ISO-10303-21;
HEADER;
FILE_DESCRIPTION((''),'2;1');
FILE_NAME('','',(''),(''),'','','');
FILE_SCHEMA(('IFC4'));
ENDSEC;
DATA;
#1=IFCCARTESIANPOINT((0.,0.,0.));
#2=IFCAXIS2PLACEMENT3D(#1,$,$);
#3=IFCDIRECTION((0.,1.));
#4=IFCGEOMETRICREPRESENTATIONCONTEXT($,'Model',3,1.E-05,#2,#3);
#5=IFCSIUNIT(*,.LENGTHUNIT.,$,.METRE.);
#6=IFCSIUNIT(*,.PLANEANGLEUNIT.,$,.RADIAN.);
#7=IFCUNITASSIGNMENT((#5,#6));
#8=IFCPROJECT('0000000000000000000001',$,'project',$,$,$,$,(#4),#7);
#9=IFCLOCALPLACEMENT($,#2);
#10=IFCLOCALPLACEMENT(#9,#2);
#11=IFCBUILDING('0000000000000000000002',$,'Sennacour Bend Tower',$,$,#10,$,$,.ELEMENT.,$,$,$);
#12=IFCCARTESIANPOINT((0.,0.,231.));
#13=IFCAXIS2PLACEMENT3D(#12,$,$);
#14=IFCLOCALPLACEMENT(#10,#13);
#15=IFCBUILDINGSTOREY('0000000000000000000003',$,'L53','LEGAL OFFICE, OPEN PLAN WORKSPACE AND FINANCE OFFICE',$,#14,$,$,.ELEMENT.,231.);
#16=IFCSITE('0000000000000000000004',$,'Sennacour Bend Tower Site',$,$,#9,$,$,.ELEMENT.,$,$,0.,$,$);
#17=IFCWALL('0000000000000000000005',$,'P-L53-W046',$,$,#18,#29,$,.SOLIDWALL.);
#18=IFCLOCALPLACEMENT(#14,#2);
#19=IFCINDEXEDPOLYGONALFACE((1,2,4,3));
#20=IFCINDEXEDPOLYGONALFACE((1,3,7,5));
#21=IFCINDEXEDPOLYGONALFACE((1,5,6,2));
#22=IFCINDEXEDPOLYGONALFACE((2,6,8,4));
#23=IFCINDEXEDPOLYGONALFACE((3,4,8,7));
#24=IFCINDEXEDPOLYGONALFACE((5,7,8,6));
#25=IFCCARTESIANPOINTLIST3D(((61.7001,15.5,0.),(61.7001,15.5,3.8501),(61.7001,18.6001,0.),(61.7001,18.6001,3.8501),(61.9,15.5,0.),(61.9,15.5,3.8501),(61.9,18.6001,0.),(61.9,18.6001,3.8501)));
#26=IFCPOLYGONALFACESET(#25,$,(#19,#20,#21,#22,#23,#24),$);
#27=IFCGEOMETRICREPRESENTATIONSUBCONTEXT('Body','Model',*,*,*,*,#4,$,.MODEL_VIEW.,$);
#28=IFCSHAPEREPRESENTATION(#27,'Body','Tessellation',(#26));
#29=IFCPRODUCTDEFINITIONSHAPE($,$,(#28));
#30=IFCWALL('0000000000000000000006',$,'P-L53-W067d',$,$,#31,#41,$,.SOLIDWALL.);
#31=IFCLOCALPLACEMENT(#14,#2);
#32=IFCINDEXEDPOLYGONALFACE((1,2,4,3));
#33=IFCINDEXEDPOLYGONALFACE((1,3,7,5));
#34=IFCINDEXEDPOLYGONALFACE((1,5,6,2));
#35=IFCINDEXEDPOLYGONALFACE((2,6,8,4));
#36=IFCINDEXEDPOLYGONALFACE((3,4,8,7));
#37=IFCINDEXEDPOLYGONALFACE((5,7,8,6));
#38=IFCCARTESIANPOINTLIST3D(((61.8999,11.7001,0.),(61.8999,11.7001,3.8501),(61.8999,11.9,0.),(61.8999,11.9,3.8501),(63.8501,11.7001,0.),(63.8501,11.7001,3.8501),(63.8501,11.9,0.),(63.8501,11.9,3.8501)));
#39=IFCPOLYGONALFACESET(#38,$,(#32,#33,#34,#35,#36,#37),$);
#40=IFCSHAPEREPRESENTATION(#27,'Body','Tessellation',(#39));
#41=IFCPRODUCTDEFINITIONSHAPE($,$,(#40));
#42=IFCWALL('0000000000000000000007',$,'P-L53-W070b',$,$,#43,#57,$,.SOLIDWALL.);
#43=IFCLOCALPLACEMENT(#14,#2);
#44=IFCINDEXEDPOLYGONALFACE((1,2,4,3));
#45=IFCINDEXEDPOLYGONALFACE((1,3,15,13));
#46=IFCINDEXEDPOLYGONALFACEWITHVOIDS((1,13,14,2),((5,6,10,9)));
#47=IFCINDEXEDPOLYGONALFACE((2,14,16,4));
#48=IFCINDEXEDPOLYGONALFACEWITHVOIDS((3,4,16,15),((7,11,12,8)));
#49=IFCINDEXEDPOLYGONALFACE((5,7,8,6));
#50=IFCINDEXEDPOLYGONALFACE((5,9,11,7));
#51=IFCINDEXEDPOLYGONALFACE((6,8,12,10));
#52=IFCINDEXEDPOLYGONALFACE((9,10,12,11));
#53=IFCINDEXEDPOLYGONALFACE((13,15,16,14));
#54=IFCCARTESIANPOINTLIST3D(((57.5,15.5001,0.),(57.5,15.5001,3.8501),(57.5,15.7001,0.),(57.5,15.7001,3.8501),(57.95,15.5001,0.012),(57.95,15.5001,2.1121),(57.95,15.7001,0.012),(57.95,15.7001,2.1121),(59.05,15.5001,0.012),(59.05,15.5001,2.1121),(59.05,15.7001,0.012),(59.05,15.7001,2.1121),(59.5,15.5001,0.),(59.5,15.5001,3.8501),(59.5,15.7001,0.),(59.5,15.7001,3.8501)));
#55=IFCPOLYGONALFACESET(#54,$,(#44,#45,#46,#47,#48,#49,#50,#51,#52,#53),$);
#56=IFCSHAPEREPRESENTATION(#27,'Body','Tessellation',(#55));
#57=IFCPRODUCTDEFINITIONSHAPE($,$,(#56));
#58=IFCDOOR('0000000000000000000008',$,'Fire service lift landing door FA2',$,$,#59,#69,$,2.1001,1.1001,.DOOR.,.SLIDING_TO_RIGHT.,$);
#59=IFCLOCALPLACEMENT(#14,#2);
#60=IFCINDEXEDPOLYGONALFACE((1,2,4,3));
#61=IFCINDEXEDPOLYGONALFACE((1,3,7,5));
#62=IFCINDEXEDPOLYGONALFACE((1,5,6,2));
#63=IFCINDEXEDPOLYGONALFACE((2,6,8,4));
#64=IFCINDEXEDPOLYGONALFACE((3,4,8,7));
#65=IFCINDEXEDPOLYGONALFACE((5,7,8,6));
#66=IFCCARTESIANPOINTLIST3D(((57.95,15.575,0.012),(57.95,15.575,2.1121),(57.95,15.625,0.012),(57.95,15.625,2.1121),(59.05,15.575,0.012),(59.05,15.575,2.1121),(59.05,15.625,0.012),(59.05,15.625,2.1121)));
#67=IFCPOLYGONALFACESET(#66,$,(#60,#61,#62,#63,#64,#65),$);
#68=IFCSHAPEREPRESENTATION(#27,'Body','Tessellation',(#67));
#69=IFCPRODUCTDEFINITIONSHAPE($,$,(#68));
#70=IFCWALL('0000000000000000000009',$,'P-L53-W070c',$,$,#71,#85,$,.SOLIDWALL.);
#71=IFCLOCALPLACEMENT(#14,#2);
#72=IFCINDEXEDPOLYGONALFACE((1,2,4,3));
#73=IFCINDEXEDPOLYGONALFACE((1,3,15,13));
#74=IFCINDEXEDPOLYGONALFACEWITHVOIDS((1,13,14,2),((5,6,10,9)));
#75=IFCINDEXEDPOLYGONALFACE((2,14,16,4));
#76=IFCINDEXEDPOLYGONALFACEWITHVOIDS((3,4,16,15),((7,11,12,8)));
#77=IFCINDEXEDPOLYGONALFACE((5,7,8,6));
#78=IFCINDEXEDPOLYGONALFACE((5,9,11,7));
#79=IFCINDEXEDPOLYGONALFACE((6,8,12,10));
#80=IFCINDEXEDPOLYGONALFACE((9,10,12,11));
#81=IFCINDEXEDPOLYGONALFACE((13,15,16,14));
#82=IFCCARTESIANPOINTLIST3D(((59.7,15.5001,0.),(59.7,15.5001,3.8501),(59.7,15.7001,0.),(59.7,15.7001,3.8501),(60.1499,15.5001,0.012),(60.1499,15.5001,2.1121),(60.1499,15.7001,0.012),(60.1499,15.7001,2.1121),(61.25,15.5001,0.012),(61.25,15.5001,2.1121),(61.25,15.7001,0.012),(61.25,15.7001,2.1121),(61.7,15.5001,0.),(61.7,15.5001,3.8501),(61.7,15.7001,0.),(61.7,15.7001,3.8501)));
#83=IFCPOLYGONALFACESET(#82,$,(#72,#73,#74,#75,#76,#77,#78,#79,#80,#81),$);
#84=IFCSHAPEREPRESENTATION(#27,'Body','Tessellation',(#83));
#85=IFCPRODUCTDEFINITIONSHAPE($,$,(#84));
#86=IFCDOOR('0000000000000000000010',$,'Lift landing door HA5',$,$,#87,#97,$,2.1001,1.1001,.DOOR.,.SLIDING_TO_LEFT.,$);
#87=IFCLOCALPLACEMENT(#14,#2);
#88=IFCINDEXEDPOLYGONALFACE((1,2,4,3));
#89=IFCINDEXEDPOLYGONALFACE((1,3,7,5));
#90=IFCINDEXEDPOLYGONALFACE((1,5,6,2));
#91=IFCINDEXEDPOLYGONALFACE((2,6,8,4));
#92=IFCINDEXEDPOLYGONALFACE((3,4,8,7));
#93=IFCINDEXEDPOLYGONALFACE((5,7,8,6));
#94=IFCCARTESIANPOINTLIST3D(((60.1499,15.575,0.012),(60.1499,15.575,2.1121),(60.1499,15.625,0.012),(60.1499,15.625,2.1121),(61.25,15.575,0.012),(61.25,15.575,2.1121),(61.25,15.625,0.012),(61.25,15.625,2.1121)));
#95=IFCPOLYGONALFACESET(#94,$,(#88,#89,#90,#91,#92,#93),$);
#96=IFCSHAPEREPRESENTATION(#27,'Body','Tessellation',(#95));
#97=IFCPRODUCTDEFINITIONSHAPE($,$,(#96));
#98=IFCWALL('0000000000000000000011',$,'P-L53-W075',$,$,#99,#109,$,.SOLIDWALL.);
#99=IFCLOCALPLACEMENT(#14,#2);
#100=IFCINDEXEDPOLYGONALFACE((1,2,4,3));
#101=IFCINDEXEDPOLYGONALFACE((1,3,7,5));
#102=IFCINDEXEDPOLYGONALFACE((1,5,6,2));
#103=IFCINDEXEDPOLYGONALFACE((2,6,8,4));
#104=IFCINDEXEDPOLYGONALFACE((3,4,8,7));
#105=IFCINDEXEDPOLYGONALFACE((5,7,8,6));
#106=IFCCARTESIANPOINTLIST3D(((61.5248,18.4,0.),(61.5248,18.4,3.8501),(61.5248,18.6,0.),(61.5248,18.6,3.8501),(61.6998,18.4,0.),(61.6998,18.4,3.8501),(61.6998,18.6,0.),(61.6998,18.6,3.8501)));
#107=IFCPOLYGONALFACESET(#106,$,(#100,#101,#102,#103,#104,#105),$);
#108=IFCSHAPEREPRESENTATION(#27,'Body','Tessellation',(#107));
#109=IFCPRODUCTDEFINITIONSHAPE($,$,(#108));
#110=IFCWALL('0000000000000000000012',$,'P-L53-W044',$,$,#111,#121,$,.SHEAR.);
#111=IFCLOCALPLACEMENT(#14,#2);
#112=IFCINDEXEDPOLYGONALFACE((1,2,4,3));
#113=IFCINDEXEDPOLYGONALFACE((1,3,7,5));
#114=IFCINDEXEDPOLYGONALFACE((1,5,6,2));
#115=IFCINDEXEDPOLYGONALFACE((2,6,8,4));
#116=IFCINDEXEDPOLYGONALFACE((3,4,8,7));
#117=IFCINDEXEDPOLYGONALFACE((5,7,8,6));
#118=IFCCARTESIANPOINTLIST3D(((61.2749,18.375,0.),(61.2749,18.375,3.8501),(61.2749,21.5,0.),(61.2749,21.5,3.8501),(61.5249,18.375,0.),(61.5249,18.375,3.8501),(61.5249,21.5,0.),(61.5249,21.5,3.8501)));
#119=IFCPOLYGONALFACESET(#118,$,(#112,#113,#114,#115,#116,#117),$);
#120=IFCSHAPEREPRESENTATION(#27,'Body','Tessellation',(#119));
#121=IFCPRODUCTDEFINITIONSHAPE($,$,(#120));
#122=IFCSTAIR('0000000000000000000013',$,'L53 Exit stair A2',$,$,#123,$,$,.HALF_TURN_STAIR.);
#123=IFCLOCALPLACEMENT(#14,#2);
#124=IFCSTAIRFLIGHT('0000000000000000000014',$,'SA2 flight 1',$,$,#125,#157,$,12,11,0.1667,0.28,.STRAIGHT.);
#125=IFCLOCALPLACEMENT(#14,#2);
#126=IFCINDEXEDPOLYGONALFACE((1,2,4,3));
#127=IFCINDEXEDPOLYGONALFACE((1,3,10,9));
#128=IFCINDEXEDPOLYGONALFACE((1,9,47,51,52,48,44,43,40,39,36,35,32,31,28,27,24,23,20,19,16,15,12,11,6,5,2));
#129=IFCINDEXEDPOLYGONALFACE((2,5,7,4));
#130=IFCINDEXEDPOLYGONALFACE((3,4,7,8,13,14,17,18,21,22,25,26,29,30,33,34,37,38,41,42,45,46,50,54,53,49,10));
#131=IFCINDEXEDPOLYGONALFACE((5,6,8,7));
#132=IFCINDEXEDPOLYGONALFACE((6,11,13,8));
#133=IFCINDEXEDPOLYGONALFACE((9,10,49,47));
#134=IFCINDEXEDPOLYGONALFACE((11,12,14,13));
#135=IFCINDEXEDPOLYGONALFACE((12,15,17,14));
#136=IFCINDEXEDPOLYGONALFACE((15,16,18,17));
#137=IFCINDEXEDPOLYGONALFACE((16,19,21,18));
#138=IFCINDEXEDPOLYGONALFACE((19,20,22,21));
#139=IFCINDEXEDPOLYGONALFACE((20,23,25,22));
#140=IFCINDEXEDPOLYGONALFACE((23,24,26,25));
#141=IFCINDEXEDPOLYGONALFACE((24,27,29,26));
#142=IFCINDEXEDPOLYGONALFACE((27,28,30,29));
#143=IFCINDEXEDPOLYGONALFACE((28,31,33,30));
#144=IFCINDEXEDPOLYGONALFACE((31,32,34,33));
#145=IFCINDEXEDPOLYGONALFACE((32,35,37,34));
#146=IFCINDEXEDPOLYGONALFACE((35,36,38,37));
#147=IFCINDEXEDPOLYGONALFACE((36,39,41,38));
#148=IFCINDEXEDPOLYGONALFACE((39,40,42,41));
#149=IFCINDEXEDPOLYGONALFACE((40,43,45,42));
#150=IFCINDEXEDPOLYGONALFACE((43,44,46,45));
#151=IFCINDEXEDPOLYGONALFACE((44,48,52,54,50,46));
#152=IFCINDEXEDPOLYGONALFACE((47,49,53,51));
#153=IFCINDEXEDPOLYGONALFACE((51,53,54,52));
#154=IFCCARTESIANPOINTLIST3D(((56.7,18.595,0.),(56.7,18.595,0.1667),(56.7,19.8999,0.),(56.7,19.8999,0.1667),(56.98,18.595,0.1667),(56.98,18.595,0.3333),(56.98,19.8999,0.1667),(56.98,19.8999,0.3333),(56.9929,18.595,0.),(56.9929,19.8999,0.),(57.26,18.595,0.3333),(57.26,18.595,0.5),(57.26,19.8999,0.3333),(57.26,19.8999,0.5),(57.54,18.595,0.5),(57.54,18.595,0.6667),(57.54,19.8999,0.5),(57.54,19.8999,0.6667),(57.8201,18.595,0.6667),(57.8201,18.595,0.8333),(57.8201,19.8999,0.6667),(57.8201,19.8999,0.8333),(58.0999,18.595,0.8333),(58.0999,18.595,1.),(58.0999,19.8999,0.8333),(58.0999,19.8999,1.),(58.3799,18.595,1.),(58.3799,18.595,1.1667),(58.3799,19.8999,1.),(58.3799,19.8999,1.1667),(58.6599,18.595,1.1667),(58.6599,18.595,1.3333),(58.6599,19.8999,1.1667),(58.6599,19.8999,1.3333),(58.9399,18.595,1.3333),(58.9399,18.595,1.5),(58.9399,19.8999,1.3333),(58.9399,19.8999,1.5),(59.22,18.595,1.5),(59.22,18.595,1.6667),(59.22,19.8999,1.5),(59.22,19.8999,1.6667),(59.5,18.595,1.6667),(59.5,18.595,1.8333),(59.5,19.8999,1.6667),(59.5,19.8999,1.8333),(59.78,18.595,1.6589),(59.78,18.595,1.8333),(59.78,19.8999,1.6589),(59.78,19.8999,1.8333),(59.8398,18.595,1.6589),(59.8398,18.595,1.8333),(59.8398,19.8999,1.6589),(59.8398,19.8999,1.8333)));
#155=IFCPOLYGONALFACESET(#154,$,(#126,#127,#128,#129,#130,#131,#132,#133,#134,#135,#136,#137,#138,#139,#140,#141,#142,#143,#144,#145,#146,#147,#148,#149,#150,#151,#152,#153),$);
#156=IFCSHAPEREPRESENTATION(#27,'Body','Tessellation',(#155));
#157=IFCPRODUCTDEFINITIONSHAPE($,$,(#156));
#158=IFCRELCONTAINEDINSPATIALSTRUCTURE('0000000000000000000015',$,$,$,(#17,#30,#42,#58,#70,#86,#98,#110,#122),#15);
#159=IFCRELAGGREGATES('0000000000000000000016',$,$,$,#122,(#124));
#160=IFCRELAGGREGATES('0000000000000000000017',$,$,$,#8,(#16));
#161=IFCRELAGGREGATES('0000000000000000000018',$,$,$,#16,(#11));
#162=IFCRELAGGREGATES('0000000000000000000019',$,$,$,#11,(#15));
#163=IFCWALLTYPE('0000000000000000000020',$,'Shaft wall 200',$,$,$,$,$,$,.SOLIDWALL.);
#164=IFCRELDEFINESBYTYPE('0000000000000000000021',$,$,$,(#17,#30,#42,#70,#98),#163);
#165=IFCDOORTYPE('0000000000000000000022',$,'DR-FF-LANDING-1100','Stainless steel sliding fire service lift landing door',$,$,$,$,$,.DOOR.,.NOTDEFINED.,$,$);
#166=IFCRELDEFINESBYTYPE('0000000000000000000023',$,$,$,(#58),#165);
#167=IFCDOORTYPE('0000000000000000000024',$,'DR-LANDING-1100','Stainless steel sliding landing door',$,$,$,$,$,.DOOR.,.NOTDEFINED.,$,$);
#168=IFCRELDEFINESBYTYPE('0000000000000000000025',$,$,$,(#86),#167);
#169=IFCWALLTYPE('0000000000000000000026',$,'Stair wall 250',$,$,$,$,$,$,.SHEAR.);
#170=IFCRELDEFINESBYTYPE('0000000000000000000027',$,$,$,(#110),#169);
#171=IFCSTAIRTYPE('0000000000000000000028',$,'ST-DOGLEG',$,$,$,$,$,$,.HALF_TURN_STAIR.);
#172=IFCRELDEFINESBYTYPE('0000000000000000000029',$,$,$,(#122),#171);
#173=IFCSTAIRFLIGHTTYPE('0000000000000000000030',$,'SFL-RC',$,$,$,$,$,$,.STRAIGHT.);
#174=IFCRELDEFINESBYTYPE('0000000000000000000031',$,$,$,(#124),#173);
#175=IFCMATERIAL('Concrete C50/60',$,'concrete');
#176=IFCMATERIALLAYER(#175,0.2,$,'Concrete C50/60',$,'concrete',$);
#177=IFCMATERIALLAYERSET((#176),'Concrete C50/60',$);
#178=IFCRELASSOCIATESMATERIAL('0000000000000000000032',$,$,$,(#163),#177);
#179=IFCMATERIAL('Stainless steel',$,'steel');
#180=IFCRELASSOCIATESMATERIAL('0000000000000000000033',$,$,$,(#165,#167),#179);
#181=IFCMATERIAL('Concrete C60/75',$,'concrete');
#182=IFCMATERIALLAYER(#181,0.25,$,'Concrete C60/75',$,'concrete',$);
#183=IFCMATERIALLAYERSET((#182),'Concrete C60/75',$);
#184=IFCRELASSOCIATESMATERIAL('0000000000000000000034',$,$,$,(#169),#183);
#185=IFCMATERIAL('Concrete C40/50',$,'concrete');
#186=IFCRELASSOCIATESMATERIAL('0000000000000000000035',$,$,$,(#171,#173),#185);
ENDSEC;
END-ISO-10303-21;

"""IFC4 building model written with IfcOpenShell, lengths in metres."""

from ifc_helpers import new_model, si_unit, direction, frame, frame_2d, origin, place, context, subcontext, project, spatial, polyline, rectangle, outline, extrude, material, layer, layer_set, type_object, element, fill, aggregate, save


model = new_model("IFC4")

# Units and contexts
model_context = context("Model", 3, precision=1e-05, world=origin(), true_north=direction((0.0, 1.0)))
body_context = subcontext(model_context, "Body", "Model", "MODEL_VIEW")
ifc_project = project(units=[si_unit("LENGTHUNIT", "METRE"), si_unit("PLANEANGLEUNIT", "RADIAN")], contexts=[model_context])

# Site, building, storey
site_placement = place(None, origin())
site = spatial("IfcSite", under=ifc_project, at=site_placement, Name="Sennacour Bend Tower Site", CompositionType="ELEMENT", RefElevation=0.0)
building_placement = place(site_placement, origin())
building = spatial("IfcBuilding", under=site, at=building_placement, Name="Sennacour Bend Tower", CompositionType="ELEMENT")
storey_placement = place(building_placement, frame((0.0, 0.0, 231.0)))
storey = spatial("IfcBuildingStorey", under=building, at=storey_placement, Name="L53", Description="LEGAL OFFICE, OPEN PLAN WORKSPACE AND FINANCE OFFICE", CompositionType="ELEMENT", Elevation=231.0)

# Walls
ifc_material_1 = material(Name="Concrete C50/60", Category="concrete")
ifc_layer_1 = layer(ifc_material_1, 0.2, Name="Concrete C50/60", Category="concrete")
ifc_layer_set_1 = layer_set([ifc_layer_1], Name="Concrete C50/60")
wall_type_1 = type_object("IfcWallType", Name="Shaft wall 200", PredefinedType="SOLIDWALL", material=ifc_layer_set_1)
wall_1_placement = place(storey_placement, frame((61.8, 15.5, 0.0), z_axis=(0.0, 0.0, 1.0), x_axis=(0.0, 1.0, 0.0)))
element("IfcWall", 1, at=wall_1_placement, inside=storey, type_object=wall_type_1, Name="P-L53-W046", PredefinedType="SOLIDWALL", context=body_context, shape_type="SweptSolid", body=[
    extrude(rectangle(XDim=3.1001, YDim=0.2, at=frame_2d((1.55, 0.0))), origin(), (0.0, 0.0, 1.0), 3.8501),
])
wall_2_placement = place(storey_placement, frame((61.8999, 11.8, 0.0), z_axis=(0.0, 0.0, 1.0), x_axis=(1.0, 0.0, 0.0)))
element("IfcWall", 2, at=wall_2_placement, inside=storey, type_object=wall_type_1, Name="P-L53-W067d", PredefinedType="SOLIDWALL", context=body_context, shape_type="SweptSolid", body=[
    extrude(rectangle(XDim=1.9502, YDim=0.2, at=frame_2d((0.9751, 0.0))), origin(), (0.0, 0.0, 1.0), 3.8501),
])

# Walls, openings, doors
wall_3_placement = place(storey_placement, frame((57.5, 15.6001, 0.0), z_axis=(0.0, 0.0, 1.0), x_axis=(1.0, 0.0, 0.0)))
wall_3 = element("IfcWall", 3, at=wall_3_placement, inside=storey, type_object=wall_type_1, Name="P-L53-W070b", PredefinedType="SOLIDWALL", context=body_context, shape_type="SweptSolid", body=[
    extrude(rectangle(XDim=2.0, YDim=0.2, at=frame_2d((1.0, 0.0))), origin(), (0.0, 0.0, 1.0), 3.8501),
])
opening_1_placement = place(wall_3_placement, frame((0.45, 0.0, 0.012)))
opening_1 = element("IfcOpeningElement", 4, at=opening_1_placement, cuts=wall_3, PredefinedType="OPENING", context=body_context, shape_type="SweptSolid", body=[
    extrude(rectangle(XDim=1.1001, YDim=2.1001, at=frame_2d((0.55, 1.05))), frame((0.0, 0.1099, 0.0), z_axis=(0.0, -1.0, 0.0), x_axis=(1.0, 0.0, 0.0)), (0.0, 0.0, 1.0), 0.22),
])
ifc_material_2 = material(Name="Stainless steel", Category="steel")
door_type_1 = type_object("IfcDoorType", Name="DR-FF-LANDING-1100", Description="Stainless steel sliding fire service lift landing door", OperationType="NOTDEFINED", PredefinedType="DOOR", material=ifc_material_2)
door_1_placement = place(opening_1_placement, origin())
door_1 = element("IfcDoor", 5, at=door_1_placement, inside=storey, type_object=door_type_1, Name="Fire service lift landing door FA2", OperationType="SLIDING_TO_RIGHT", OverallHeight=2.1001, OverallWidth=1.1001, PredefinedType="DOOR", context=body_context, shape_type="SweptSolid", body=[
    extrude(rectangle(XDim=1.1001, YDim=2.1001, at=frame_2d((0.55, 1.05))), frame((0.0, 0.0249, 0.0), z_axis=(0.0, -1.0, 0.0), x_axis=(1.0, 0.0, 0.0)), (0.0, 0.0, 1.0), 0.05),
])
fill(opening_1, door_1)
wall_4_placement = place(storey_placement, frame((59.7, 15.6001, 0.0), z_axis=(0.0, 0.0, 1.0), x_axis=(1.0, 0.0, 0.0)))
wall_4 = element("IfcWall", 6, at=wall_4_placement, inside=storey, type_object=wall_type_1, Name="P-L53-W070c", PredefinedType="SOLIDWALL", context=body_context, shape_type="SweptSolid", body=[
    extrude(rectangle(XDim=2.0, YDim=0.2, at=frame_2d((1.0, 0.0))), origin(), (0.0, 0.0, 1.0), 3.8501),
])
opening_2_placement = place(wall_4_placement, frame((0.45, 0.0, 0.012)))
opening_2 = element("IfcOpeningElement", 7, at=opening_2_placement, cuts=wall_4, PredefinedType="OPENING", context=body_context, shape_type="SweptSolid", body=[
    extrude(rectangle(XDim=1.1001, YDim=2.1001, at=frame_2d((0.55, 1.05))), frame((0.0, 0.1099, 0.0), z_axis=(0.0, -1.0, 0.0), x_axis=(1.0, 0.0, 0.0)), (0.0, 0.0, 1.0), 0.22),
])
door_type_2 = type_object("IfcDoorType", Name="DR-LANDING-1100", Description="Stainless steel sliding landing door", OperationType="NOTDEFINED", PredefinedType="DOOR", material=ifc_material_2)
door_2_placement = place(opening_2_placement, origin())
door_2 = element("IfcDoor", 8, at=door_2_placement, inside=storey, type_object=door_type_2, Name="Lift landing door HA5", OperationType="SLIDING_TO_LEFT", OverallHeight=2.1001, OverallWidth=1.1001, PredefinedType="DOOR", context=body_context, shape_type="SweptSolid", body=[
    extrude(rectangle(XDim=1.1001, YDim=2.1001, at=frame_2d((0.55, 1.05))), frame((0.0, 0.0249, 0.0), z_axis=(0.0, -1.0, 0.0), x_axis=(1.0, 0.0, 0.0)), (0.0, 0.0, 1.0), 0.05),
])
fill(opening_2, door_2)

# Walls
wall_5_placement = place(storey_placement, frame((61.5249, 18.5, 0.0), z_axis=(0.0, 0.0, 1.0), x_axis=(1.0, 0.0, 0.0)))
element("IfcWall", 9, at=wall_5_placement, inside=storey, type_object=wall_type_1, Name="P-L53-W075", PredefinedType="SOLIDWALL", context=body_context, shape_type="SweptSolid", body=[
    extrude(rectangle(XDim=0.175, YDim=0.2, at=frame_2d((0.0874, 0.0))), origin(), (0.0, 0.0, 1.0), 3.8501),
])
ifc_material_3 = material(Name="Concrete C60/75", Category="concrete")
ifc_layer_2 = layer(ifc_material_3, 0.25, Name="Concrete C60/75", Category="concrete")
ifc_layer_set_2 = layer_set([ifc_layer_2], Name="Concrete C60/75")
wall_type_2 = type_object("IfcWallType", Name="Stair wall 250", PredefinedType="SHEAR", material=ifc_layer_set_2)
wall_6_placement = place(storey_placement, frame((61.3999, 18.375, 0.0), z_axis=(0.0, 0.0, 1.0), x_axis=(0.0, 1.0, 0.0)))
element("IfcWall", 10, at=wall_6_placement, inside=storey, type_object=wall_type_2, Name="P-L53-W044", PredefinedType="SHEAR", context=body_context, shape_type="SweptSolid", body=[
    extrude(rectangle(XDim=3.125, YDim=0.25, at=frame_2d((1.5625, 0.0))), origin(), (0.0, 0.0, 1.0), 3.8501),
])

# Stair, stair flight
ifc_material_4 = material(Name="Concrete C40/50", Category="concrete")
stair_type = type_object("IfcStairType", Name="ST-DOGLEG", PredefinedType="HALF_TURN_STAIR", material=ifc_material_4)
stair_placement = place(storey_placement, origin())
stair = element("IfcStair", 11, at=stair_placement, inside=storey, type_object=stair_type, Name="L53 Exit stair A2", PredefinedType="HALF_TURN_STAIR")
stair_flight_type = type_object("IfcStairFlightType", Name="SFL-RC", PredefinedType="STRAIGHT", material=ifc_material_4)
stair_flight_1_placement = place(storey_placement, frame((56.7, 19.2476, 0.0), z_axis=(0.0, 0.0, 1.0), x_axis=(1.0, 0.0, 0.0)))
stair_flight_1 = element("IfcStairFlight", 12, at=stair_flight_1_placement, type_object=stair_flight_type, Name="SA2 flight 1", NumberOfRisers=12, NumberOfTreads=11, PredefinedType="STRAIGHT", RiserHeight=0.1667, TreadLength=0.28, context=body_context, shape_type="SweptSolid", body=[
    extrude(outline(polyline([(0.0, 0.0), (0.0, 0.1667), (0.28, 0.1667), (0.28, 0.3333), (0.5601, 0.3333), (0.5601, 0.5), (0.8401, 0.5), (0.8401, 0.6667), (1.1201, 0.6667), (1.1201, 0.8333), (1.3999, 0.8333), (1.3999, 1.0), (1.6799, 1.0), (1.6799, 1.1667), (1.96, 1.1667), (1.96, 1.3333), (2.24, 1.3333), (2.24, 1.5), (2.52, 1.5), (2.52, 1.6667), (2.8, 1.6667), (2.8, 1.8333), (3.0801, 1.8333), (3.1399, 1.8333), (3.1399, 1.6589), (3.0801, 1.6589), (0.293, 0.0), (0.0, 0.0)])), frame((0.0, 0.6523, 0.0), z_axis=(0.0, -1.0, 0.0), x_axis=(1.0, 0.0, 0.0)), (0.0, 0.0, 1.0), 1.3049),
])
aggregate(stair, [stair_flight_1])

save(model, "model.ifc")
